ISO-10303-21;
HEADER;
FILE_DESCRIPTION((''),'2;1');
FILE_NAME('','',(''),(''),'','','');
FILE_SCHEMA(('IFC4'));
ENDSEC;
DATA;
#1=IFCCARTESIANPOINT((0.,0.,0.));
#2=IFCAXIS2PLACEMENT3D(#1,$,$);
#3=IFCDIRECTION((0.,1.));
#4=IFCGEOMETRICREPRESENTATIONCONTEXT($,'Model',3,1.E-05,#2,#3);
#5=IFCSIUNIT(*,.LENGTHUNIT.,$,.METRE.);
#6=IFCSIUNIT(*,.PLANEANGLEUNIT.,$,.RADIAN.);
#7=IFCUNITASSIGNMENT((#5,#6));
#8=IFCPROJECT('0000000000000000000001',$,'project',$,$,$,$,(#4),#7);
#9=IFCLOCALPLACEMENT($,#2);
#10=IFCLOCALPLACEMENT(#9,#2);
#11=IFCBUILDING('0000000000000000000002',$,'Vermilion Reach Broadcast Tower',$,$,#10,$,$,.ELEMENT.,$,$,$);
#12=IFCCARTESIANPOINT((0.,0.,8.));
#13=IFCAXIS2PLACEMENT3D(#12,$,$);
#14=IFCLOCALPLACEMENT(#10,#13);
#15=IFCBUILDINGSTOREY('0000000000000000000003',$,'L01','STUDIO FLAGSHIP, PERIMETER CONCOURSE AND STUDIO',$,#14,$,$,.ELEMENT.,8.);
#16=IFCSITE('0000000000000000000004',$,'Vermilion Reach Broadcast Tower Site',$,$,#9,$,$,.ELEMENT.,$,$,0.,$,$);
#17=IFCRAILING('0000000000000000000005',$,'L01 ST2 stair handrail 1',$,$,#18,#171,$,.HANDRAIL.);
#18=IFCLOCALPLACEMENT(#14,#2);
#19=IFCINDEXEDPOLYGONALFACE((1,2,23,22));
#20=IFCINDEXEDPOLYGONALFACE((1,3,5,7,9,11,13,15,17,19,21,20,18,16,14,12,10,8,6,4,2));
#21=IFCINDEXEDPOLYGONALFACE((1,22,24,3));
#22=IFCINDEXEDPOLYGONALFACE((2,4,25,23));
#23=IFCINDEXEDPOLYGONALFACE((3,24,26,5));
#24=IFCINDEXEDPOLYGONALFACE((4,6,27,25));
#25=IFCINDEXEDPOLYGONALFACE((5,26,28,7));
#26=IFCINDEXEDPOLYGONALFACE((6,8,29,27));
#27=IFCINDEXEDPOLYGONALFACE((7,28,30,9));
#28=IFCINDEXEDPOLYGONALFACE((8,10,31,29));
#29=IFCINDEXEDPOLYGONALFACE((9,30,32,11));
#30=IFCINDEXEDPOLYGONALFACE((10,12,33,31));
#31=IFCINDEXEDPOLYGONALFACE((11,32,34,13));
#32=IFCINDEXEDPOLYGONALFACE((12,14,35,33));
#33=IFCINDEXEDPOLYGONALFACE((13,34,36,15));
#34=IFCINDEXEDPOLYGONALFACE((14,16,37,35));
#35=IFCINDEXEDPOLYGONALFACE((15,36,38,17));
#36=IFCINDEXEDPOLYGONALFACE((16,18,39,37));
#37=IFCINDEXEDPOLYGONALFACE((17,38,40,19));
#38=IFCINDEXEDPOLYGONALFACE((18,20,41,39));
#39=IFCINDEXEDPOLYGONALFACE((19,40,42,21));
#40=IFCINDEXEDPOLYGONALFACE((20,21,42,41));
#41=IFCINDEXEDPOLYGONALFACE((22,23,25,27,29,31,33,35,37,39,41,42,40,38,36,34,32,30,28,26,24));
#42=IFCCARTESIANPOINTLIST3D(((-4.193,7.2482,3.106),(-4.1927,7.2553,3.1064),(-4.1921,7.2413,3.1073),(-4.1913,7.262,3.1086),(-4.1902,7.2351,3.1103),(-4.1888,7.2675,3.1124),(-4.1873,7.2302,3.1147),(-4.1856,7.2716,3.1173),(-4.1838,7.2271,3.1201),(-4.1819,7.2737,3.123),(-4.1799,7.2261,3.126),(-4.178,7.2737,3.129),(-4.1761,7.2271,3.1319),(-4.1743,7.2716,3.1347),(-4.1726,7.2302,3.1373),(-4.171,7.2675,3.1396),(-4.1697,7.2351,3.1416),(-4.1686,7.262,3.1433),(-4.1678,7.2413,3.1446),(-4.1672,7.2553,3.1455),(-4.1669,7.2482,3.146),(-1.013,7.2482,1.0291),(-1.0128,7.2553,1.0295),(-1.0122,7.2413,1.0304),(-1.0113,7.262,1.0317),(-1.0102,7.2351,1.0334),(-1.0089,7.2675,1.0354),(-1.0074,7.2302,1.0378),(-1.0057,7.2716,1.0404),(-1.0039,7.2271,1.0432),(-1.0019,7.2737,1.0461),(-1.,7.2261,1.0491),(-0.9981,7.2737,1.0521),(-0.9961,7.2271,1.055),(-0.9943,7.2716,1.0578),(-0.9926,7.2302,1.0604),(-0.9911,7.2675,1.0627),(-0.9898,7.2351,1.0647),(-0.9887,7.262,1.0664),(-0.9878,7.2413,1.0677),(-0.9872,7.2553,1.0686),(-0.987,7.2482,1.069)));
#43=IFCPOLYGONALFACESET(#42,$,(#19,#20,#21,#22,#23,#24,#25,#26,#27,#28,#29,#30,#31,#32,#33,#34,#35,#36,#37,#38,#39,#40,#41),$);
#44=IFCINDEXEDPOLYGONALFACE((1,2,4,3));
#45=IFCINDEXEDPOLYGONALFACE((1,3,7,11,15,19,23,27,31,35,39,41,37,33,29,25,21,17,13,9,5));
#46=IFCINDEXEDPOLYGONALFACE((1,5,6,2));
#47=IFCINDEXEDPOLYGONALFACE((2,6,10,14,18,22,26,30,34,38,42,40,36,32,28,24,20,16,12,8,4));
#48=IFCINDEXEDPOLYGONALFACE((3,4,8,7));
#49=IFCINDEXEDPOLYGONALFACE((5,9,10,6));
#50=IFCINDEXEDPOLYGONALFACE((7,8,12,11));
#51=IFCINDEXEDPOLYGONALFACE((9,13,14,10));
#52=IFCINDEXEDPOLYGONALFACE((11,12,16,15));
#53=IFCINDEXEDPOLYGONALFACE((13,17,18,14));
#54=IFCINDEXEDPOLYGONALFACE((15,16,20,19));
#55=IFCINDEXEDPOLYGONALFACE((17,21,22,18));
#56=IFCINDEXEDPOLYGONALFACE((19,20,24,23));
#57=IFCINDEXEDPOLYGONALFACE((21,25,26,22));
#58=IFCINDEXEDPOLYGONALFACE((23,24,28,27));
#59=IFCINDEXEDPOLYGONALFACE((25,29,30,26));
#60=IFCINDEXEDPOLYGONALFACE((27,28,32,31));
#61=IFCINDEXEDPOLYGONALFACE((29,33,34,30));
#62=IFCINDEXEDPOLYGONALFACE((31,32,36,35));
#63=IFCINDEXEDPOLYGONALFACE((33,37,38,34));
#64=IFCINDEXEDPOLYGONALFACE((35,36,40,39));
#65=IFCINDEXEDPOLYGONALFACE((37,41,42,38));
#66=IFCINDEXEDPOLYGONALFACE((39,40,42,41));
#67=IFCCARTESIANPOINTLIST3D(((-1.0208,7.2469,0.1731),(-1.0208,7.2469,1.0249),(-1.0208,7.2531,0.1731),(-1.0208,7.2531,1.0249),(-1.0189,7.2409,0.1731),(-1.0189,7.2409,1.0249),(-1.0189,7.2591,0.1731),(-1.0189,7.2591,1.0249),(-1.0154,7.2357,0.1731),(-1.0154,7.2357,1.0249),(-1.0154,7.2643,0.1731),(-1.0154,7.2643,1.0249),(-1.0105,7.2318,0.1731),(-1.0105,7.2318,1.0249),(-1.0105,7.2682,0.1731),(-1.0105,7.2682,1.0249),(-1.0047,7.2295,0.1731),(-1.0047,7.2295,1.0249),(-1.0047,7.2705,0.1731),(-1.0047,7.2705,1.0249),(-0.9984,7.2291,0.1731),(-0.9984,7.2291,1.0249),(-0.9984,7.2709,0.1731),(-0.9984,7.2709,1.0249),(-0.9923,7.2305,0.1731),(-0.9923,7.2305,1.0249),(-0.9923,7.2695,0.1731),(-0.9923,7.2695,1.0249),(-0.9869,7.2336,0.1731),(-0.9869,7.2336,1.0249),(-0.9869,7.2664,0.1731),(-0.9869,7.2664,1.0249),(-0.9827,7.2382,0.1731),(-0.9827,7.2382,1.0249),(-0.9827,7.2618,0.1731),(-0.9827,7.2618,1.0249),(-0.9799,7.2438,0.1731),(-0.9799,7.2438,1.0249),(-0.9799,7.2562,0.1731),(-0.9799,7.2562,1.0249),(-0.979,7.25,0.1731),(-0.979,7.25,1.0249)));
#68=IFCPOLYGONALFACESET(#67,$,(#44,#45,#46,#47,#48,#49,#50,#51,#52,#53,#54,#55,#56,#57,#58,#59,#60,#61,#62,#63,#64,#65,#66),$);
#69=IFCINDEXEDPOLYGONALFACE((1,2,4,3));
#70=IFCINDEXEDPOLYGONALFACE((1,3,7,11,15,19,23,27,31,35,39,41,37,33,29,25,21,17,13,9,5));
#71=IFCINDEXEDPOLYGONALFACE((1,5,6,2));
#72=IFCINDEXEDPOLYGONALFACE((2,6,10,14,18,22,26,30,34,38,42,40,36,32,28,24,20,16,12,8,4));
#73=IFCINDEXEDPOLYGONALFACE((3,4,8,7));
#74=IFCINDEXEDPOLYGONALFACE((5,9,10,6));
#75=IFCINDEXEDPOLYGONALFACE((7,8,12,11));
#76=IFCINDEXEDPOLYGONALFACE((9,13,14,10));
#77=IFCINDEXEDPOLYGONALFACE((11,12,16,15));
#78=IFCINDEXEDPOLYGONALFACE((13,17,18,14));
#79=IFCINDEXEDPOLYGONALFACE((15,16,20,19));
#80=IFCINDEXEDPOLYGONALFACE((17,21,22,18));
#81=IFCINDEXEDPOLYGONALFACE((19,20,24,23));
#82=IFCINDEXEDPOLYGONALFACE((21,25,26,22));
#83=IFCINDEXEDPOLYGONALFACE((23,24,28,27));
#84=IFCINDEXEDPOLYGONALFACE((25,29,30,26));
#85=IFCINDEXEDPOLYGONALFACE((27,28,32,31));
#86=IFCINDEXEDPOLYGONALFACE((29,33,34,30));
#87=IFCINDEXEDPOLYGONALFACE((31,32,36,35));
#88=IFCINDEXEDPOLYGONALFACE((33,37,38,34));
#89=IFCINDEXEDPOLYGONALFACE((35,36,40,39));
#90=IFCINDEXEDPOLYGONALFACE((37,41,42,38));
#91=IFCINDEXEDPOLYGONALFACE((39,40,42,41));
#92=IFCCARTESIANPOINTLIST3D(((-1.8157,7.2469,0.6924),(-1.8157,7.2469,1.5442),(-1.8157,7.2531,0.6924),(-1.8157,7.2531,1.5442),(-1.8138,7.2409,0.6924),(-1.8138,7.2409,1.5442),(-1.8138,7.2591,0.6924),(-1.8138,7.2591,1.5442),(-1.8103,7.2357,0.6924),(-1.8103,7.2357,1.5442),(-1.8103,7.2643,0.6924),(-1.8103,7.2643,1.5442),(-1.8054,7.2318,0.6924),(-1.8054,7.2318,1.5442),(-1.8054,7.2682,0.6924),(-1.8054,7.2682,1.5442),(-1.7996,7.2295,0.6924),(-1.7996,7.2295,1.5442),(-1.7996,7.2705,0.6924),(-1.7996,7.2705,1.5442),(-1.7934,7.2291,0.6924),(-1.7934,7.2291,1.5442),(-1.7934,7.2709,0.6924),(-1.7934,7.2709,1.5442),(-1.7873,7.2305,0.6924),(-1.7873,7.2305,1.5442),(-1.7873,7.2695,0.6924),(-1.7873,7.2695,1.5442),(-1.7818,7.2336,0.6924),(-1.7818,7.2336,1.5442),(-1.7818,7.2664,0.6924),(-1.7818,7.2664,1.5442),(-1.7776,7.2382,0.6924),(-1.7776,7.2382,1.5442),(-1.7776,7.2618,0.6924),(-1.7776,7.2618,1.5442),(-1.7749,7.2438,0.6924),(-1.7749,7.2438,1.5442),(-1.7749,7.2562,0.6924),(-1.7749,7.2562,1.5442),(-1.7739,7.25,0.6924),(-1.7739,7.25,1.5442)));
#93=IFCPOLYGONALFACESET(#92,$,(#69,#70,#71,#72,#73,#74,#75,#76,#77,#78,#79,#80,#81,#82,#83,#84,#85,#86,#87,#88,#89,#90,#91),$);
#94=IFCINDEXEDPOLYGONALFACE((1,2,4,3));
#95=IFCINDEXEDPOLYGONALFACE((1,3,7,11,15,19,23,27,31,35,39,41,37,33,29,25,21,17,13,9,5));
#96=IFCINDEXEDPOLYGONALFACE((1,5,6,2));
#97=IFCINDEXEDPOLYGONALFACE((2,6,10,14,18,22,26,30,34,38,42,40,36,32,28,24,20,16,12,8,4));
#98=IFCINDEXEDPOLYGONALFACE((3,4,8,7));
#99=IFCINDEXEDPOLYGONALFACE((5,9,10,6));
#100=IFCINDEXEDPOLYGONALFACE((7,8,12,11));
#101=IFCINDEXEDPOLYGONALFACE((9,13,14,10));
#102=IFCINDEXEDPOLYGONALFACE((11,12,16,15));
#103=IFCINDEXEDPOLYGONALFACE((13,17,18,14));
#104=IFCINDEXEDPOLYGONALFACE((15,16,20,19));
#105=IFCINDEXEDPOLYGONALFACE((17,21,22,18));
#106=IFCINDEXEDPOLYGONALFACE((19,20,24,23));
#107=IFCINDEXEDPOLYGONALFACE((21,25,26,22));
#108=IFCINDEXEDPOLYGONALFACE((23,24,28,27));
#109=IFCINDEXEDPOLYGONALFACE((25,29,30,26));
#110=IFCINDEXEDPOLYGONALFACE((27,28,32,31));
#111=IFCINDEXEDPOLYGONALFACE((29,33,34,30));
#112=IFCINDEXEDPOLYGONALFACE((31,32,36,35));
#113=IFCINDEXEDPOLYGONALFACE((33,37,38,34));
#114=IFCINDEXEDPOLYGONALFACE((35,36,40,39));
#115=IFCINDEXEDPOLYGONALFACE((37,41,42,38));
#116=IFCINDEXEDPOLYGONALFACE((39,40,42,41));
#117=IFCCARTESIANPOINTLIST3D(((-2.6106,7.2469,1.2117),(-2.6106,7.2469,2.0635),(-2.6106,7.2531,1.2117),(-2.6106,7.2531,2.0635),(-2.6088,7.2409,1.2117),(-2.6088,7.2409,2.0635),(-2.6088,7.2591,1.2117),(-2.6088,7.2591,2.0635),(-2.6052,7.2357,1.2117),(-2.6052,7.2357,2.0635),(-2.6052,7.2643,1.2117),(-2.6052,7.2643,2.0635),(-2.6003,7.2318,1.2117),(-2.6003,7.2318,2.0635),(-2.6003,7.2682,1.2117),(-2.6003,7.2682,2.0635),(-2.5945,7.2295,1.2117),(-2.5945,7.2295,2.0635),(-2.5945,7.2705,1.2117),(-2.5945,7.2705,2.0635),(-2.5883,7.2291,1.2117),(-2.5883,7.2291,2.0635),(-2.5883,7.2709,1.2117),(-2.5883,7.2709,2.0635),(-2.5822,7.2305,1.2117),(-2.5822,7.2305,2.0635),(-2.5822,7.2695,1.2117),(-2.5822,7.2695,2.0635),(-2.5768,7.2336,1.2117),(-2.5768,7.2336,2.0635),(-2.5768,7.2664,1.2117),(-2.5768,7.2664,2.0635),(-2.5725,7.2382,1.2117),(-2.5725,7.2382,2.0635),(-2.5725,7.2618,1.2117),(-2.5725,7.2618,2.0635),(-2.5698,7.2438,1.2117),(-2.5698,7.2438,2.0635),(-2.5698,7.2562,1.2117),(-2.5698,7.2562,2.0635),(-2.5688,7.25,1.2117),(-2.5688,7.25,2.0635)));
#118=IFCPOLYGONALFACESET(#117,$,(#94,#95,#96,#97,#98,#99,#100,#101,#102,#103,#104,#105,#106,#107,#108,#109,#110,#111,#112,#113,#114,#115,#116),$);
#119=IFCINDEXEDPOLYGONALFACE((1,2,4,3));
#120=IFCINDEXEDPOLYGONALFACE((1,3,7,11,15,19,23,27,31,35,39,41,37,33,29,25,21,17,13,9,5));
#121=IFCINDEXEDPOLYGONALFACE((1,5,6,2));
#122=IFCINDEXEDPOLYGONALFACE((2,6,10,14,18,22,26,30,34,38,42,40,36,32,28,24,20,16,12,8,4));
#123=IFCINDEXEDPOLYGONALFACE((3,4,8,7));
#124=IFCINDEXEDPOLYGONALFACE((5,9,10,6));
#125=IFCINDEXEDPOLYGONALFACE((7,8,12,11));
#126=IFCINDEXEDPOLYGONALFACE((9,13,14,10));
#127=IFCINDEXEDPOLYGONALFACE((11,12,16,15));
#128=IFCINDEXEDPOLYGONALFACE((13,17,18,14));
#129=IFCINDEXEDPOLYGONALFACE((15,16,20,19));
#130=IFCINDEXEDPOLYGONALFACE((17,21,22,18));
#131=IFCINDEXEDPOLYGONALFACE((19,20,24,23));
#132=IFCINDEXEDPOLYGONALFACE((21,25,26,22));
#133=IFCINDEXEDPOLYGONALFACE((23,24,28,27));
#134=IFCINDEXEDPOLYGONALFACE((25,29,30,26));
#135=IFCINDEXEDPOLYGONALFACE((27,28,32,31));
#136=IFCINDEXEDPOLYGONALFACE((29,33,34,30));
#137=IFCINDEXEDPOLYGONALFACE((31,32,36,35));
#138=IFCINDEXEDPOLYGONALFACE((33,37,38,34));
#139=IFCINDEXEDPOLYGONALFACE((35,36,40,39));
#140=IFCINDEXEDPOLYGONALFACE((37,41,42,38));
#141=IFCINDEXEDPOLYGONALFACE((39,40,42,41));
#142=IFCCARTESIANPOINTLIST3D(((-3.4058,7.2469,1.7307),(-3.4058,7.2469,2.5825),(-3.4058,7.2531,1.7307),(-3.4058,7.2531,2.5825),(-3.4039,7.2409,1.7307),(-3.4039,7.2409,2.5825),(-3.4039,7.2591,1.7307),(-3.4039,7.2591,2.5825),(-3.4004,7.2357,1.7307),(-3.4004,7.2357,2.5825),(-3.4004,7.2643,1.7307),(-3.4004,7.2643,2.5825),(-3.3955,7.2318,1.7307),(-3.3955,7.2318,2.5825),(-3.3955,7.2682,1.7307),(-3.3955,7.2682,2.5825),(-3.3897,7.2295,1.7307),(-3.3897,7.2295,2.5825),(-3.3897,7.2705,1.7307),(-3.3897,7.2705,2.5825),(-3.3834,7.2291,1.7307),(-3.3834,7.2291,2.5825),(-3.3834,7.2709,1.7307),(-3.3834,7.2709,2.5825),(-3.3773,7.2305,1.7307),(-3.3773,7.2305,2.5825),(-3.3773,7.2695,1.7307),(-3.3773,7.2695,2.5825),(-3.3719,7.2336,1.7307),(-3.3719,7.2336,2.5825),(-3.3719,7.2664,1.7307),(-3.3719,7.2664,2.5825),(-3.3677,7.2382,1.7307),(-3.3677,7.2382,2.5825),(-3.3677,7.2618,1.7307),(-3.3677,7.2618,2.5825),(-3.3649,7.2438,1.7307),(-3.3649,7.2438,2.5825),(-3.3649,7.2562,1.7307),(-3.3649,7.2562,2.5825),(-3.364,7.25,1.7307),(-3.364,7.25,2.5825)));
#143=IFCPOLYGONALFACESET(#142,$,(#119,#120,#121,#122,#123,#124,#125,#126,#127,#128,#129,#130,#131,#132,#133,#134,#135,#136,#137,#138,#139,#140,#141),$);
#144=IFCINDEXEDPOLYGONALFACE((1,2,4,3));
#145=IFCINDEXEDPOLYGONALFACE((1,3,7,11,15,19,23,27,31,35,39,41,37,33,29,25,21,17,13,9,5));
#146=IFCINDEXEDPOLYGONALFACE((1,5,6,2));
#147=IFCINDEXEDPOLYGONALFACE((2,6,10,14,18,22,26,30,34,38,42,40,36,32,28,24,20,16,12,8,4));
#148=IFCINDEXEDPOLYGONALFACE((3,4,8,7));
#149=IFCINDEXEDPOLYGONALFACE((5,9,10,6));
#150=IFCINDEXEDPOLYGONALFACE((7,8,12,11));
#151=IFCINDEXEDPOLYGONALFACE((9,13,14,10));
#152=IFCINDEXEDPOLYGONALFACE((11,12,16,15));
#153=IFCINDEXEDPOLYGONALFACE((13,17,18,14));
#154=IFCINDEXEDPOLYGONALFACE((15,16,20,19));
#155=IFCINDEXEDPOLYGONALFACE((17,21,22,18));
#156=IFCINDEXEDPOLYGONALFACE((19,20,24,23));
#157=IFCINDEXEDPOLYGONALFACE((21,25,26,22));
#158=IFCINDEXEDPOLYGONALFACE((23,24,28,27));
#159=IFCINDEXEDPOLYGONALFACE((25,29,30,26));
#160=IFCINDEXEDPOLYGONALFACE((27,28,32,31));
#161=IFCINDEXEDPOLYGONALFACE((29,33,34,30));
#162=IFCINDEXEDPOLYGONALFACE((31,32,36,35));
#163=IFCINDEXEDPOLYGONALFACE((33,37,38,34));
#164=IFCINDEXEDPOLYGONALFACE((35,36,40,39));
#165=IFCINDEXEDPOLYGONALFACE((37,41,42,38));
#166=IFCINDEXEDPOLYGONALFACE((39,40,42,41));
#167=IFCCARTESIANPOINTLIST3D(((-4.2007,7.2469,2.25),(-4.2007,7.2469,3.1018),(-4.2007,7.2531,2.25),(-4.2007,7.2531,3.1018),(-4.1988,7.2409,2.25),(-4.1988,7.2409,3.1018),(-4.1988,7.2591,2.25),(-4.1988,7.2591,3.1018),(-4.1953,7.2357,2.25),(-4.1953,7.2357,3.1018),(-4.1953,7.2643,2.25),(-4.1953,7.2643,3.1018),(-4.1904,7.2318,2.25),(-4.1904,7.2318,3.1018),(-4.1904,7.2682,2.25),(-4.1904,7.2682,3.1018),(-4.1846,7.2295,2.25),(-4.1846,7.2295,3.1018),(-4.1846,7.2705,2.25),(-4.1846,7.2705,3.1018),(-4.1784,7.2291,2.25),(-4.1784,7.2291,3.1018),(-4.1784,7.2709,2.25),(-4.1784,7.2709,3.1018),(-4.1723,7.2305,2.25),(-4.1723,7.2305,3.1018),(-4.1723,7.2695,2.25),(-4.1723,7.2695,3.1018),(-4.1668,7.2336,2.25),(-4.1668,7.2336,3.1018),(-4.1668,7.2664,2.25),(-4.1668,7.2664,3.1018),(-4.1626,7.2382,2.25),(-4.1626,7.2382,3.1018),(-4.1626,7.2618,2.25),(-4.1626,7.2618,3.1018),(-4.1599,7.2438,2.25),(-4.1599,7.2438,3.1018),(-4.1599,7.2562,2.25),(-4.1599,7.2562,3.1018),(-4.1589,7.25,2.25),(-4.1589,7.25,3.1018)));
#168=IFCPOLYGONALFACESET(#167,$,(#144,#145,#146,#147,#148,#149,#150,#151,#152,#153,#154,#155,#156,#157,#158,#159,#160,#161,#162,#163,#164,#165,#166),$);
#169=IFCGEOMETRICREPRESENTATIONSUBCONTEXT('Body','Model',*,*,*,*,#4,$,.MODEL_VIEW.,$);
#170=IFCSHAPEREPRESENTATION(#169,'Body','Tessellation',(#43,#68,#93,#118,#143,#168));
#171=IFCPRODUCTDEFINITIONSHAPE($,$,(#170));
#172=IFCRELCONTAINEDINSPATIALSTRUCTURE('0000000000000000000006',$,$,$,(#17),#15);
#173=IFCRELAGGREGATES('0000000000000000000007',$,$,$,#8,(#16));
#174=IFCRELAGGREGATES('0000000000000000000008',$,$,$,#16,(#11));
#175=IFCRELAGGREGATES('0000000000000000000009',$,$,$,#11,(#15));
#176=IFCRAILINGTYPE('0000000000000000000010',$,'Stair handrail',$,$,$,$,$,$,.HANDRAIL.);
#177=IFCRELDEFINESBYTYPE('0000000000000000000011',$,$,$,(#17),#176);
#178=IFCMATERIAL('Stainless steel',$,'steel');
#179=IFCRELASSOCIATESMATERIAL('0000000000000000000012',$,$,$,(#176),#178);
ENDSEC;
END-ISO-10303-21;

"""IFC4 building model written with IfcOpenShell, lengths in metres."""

from ifc_helpers import new_model, si_unit, direction, frame, origin, origin_2d, place, context, subcontext, project, spatial, circle, extrude, material, type_object, element, save


model = new_model("IFC4")

# Units and contexts
model_context = context("Model", 3, precision=1e-05, world=origin(), true_north=direction((0.0, 1.0)))
body_context = subcontext(model_context, "Body", "Model", "MODEL_VIEW")
ifc_project = project(units=[si_unit("LENGTHUNIT", "METRE"), si_unit("PLANEANGLEUNIT", "RADIAN")], contexts=[model_context])

# Site, building, storey
site_placement = place(None, origin())
site = spatial("IfcSite", under=ifc_project, at=site_placement, Name="Vermilion Reach Broadcast Tower Site", CompositionType="ELEMENT", RefElevation=0.0)
building_placement = place(site_placement, origin())
building = spatial("IfcBuilding", under=site, at=building_placement, Name="Vermilion Reach Broadcast Tower", CompositionType="ELEMENT")
storey_placement = place(building_placement, frame((0.0, 0.0, 8.0)))
storey = spatial("IfcBuildingStorey", under=building, at=storey_placement, Name="L01", Description="STUDIO FLAGSHIP, PERIMETER CONCOURSE AND STUDIO", CompositionType="ELEMENT", Elevation=8.0)

# Railing
ifc_material_1 = material(Name="Stainless steel", Category="steel")
railing_type_1 = type_object("IfcRailingType", Name="Stair handrail", PredefinedType="HANDRAIL", material=ifc_material_1)
for number, where, name in (
    (1, (-1.0, 7.25, 0.1731), "L01 ST2 stair handrail 1"),
):
    element("IfcRailing", number, at=place(storey_placement, frame(where)), inside=storey, type_object=railing_type_1, Name=name, PredefinedType="HANDRAIL", context=body_context, shape_type="SweptSolid", body=[
        extrude(circle(Radius=0.0239, at=origin_2d()), frame((0.0, 0.0, 0.876), z_axis=(-0.837245, 0.0, 0.546828), x_axis=(0.0, -1.0, 0.0)), (0.0, 0.0, 1.0), 3.7981),
        extrude(circle(Radius=0.021, at=origin_2d()), origin(), (0.0, 0.0, 1.0), 0.8518),
        extrude(circle(Radius=0.021, at=origin_2d()), frame((-0.7949, 0.0, 0.5193)), (0.0, 0.0, 1.0), 0.8518),
        extrude(circle(Radius=0.021, at=origin_2d()), frame((-1.5898, 0.0, 1.0386)), (0.0, 0.0, 1.0), 0.8518),
        extrude(circle(Radius=0.021, at=origin_2d()), frame((-2.385, 0.0, 1.5576)), (0.0, 0.0, 1.0), 0.8518),
        extrude(circle(Radius=0.021, at=origin_2d()), frame((-3.1799, 0.0, 2.0769)), (0.0, 0.0, 1.0), 0.8518),
    ])

save(model, "model.ifc")
